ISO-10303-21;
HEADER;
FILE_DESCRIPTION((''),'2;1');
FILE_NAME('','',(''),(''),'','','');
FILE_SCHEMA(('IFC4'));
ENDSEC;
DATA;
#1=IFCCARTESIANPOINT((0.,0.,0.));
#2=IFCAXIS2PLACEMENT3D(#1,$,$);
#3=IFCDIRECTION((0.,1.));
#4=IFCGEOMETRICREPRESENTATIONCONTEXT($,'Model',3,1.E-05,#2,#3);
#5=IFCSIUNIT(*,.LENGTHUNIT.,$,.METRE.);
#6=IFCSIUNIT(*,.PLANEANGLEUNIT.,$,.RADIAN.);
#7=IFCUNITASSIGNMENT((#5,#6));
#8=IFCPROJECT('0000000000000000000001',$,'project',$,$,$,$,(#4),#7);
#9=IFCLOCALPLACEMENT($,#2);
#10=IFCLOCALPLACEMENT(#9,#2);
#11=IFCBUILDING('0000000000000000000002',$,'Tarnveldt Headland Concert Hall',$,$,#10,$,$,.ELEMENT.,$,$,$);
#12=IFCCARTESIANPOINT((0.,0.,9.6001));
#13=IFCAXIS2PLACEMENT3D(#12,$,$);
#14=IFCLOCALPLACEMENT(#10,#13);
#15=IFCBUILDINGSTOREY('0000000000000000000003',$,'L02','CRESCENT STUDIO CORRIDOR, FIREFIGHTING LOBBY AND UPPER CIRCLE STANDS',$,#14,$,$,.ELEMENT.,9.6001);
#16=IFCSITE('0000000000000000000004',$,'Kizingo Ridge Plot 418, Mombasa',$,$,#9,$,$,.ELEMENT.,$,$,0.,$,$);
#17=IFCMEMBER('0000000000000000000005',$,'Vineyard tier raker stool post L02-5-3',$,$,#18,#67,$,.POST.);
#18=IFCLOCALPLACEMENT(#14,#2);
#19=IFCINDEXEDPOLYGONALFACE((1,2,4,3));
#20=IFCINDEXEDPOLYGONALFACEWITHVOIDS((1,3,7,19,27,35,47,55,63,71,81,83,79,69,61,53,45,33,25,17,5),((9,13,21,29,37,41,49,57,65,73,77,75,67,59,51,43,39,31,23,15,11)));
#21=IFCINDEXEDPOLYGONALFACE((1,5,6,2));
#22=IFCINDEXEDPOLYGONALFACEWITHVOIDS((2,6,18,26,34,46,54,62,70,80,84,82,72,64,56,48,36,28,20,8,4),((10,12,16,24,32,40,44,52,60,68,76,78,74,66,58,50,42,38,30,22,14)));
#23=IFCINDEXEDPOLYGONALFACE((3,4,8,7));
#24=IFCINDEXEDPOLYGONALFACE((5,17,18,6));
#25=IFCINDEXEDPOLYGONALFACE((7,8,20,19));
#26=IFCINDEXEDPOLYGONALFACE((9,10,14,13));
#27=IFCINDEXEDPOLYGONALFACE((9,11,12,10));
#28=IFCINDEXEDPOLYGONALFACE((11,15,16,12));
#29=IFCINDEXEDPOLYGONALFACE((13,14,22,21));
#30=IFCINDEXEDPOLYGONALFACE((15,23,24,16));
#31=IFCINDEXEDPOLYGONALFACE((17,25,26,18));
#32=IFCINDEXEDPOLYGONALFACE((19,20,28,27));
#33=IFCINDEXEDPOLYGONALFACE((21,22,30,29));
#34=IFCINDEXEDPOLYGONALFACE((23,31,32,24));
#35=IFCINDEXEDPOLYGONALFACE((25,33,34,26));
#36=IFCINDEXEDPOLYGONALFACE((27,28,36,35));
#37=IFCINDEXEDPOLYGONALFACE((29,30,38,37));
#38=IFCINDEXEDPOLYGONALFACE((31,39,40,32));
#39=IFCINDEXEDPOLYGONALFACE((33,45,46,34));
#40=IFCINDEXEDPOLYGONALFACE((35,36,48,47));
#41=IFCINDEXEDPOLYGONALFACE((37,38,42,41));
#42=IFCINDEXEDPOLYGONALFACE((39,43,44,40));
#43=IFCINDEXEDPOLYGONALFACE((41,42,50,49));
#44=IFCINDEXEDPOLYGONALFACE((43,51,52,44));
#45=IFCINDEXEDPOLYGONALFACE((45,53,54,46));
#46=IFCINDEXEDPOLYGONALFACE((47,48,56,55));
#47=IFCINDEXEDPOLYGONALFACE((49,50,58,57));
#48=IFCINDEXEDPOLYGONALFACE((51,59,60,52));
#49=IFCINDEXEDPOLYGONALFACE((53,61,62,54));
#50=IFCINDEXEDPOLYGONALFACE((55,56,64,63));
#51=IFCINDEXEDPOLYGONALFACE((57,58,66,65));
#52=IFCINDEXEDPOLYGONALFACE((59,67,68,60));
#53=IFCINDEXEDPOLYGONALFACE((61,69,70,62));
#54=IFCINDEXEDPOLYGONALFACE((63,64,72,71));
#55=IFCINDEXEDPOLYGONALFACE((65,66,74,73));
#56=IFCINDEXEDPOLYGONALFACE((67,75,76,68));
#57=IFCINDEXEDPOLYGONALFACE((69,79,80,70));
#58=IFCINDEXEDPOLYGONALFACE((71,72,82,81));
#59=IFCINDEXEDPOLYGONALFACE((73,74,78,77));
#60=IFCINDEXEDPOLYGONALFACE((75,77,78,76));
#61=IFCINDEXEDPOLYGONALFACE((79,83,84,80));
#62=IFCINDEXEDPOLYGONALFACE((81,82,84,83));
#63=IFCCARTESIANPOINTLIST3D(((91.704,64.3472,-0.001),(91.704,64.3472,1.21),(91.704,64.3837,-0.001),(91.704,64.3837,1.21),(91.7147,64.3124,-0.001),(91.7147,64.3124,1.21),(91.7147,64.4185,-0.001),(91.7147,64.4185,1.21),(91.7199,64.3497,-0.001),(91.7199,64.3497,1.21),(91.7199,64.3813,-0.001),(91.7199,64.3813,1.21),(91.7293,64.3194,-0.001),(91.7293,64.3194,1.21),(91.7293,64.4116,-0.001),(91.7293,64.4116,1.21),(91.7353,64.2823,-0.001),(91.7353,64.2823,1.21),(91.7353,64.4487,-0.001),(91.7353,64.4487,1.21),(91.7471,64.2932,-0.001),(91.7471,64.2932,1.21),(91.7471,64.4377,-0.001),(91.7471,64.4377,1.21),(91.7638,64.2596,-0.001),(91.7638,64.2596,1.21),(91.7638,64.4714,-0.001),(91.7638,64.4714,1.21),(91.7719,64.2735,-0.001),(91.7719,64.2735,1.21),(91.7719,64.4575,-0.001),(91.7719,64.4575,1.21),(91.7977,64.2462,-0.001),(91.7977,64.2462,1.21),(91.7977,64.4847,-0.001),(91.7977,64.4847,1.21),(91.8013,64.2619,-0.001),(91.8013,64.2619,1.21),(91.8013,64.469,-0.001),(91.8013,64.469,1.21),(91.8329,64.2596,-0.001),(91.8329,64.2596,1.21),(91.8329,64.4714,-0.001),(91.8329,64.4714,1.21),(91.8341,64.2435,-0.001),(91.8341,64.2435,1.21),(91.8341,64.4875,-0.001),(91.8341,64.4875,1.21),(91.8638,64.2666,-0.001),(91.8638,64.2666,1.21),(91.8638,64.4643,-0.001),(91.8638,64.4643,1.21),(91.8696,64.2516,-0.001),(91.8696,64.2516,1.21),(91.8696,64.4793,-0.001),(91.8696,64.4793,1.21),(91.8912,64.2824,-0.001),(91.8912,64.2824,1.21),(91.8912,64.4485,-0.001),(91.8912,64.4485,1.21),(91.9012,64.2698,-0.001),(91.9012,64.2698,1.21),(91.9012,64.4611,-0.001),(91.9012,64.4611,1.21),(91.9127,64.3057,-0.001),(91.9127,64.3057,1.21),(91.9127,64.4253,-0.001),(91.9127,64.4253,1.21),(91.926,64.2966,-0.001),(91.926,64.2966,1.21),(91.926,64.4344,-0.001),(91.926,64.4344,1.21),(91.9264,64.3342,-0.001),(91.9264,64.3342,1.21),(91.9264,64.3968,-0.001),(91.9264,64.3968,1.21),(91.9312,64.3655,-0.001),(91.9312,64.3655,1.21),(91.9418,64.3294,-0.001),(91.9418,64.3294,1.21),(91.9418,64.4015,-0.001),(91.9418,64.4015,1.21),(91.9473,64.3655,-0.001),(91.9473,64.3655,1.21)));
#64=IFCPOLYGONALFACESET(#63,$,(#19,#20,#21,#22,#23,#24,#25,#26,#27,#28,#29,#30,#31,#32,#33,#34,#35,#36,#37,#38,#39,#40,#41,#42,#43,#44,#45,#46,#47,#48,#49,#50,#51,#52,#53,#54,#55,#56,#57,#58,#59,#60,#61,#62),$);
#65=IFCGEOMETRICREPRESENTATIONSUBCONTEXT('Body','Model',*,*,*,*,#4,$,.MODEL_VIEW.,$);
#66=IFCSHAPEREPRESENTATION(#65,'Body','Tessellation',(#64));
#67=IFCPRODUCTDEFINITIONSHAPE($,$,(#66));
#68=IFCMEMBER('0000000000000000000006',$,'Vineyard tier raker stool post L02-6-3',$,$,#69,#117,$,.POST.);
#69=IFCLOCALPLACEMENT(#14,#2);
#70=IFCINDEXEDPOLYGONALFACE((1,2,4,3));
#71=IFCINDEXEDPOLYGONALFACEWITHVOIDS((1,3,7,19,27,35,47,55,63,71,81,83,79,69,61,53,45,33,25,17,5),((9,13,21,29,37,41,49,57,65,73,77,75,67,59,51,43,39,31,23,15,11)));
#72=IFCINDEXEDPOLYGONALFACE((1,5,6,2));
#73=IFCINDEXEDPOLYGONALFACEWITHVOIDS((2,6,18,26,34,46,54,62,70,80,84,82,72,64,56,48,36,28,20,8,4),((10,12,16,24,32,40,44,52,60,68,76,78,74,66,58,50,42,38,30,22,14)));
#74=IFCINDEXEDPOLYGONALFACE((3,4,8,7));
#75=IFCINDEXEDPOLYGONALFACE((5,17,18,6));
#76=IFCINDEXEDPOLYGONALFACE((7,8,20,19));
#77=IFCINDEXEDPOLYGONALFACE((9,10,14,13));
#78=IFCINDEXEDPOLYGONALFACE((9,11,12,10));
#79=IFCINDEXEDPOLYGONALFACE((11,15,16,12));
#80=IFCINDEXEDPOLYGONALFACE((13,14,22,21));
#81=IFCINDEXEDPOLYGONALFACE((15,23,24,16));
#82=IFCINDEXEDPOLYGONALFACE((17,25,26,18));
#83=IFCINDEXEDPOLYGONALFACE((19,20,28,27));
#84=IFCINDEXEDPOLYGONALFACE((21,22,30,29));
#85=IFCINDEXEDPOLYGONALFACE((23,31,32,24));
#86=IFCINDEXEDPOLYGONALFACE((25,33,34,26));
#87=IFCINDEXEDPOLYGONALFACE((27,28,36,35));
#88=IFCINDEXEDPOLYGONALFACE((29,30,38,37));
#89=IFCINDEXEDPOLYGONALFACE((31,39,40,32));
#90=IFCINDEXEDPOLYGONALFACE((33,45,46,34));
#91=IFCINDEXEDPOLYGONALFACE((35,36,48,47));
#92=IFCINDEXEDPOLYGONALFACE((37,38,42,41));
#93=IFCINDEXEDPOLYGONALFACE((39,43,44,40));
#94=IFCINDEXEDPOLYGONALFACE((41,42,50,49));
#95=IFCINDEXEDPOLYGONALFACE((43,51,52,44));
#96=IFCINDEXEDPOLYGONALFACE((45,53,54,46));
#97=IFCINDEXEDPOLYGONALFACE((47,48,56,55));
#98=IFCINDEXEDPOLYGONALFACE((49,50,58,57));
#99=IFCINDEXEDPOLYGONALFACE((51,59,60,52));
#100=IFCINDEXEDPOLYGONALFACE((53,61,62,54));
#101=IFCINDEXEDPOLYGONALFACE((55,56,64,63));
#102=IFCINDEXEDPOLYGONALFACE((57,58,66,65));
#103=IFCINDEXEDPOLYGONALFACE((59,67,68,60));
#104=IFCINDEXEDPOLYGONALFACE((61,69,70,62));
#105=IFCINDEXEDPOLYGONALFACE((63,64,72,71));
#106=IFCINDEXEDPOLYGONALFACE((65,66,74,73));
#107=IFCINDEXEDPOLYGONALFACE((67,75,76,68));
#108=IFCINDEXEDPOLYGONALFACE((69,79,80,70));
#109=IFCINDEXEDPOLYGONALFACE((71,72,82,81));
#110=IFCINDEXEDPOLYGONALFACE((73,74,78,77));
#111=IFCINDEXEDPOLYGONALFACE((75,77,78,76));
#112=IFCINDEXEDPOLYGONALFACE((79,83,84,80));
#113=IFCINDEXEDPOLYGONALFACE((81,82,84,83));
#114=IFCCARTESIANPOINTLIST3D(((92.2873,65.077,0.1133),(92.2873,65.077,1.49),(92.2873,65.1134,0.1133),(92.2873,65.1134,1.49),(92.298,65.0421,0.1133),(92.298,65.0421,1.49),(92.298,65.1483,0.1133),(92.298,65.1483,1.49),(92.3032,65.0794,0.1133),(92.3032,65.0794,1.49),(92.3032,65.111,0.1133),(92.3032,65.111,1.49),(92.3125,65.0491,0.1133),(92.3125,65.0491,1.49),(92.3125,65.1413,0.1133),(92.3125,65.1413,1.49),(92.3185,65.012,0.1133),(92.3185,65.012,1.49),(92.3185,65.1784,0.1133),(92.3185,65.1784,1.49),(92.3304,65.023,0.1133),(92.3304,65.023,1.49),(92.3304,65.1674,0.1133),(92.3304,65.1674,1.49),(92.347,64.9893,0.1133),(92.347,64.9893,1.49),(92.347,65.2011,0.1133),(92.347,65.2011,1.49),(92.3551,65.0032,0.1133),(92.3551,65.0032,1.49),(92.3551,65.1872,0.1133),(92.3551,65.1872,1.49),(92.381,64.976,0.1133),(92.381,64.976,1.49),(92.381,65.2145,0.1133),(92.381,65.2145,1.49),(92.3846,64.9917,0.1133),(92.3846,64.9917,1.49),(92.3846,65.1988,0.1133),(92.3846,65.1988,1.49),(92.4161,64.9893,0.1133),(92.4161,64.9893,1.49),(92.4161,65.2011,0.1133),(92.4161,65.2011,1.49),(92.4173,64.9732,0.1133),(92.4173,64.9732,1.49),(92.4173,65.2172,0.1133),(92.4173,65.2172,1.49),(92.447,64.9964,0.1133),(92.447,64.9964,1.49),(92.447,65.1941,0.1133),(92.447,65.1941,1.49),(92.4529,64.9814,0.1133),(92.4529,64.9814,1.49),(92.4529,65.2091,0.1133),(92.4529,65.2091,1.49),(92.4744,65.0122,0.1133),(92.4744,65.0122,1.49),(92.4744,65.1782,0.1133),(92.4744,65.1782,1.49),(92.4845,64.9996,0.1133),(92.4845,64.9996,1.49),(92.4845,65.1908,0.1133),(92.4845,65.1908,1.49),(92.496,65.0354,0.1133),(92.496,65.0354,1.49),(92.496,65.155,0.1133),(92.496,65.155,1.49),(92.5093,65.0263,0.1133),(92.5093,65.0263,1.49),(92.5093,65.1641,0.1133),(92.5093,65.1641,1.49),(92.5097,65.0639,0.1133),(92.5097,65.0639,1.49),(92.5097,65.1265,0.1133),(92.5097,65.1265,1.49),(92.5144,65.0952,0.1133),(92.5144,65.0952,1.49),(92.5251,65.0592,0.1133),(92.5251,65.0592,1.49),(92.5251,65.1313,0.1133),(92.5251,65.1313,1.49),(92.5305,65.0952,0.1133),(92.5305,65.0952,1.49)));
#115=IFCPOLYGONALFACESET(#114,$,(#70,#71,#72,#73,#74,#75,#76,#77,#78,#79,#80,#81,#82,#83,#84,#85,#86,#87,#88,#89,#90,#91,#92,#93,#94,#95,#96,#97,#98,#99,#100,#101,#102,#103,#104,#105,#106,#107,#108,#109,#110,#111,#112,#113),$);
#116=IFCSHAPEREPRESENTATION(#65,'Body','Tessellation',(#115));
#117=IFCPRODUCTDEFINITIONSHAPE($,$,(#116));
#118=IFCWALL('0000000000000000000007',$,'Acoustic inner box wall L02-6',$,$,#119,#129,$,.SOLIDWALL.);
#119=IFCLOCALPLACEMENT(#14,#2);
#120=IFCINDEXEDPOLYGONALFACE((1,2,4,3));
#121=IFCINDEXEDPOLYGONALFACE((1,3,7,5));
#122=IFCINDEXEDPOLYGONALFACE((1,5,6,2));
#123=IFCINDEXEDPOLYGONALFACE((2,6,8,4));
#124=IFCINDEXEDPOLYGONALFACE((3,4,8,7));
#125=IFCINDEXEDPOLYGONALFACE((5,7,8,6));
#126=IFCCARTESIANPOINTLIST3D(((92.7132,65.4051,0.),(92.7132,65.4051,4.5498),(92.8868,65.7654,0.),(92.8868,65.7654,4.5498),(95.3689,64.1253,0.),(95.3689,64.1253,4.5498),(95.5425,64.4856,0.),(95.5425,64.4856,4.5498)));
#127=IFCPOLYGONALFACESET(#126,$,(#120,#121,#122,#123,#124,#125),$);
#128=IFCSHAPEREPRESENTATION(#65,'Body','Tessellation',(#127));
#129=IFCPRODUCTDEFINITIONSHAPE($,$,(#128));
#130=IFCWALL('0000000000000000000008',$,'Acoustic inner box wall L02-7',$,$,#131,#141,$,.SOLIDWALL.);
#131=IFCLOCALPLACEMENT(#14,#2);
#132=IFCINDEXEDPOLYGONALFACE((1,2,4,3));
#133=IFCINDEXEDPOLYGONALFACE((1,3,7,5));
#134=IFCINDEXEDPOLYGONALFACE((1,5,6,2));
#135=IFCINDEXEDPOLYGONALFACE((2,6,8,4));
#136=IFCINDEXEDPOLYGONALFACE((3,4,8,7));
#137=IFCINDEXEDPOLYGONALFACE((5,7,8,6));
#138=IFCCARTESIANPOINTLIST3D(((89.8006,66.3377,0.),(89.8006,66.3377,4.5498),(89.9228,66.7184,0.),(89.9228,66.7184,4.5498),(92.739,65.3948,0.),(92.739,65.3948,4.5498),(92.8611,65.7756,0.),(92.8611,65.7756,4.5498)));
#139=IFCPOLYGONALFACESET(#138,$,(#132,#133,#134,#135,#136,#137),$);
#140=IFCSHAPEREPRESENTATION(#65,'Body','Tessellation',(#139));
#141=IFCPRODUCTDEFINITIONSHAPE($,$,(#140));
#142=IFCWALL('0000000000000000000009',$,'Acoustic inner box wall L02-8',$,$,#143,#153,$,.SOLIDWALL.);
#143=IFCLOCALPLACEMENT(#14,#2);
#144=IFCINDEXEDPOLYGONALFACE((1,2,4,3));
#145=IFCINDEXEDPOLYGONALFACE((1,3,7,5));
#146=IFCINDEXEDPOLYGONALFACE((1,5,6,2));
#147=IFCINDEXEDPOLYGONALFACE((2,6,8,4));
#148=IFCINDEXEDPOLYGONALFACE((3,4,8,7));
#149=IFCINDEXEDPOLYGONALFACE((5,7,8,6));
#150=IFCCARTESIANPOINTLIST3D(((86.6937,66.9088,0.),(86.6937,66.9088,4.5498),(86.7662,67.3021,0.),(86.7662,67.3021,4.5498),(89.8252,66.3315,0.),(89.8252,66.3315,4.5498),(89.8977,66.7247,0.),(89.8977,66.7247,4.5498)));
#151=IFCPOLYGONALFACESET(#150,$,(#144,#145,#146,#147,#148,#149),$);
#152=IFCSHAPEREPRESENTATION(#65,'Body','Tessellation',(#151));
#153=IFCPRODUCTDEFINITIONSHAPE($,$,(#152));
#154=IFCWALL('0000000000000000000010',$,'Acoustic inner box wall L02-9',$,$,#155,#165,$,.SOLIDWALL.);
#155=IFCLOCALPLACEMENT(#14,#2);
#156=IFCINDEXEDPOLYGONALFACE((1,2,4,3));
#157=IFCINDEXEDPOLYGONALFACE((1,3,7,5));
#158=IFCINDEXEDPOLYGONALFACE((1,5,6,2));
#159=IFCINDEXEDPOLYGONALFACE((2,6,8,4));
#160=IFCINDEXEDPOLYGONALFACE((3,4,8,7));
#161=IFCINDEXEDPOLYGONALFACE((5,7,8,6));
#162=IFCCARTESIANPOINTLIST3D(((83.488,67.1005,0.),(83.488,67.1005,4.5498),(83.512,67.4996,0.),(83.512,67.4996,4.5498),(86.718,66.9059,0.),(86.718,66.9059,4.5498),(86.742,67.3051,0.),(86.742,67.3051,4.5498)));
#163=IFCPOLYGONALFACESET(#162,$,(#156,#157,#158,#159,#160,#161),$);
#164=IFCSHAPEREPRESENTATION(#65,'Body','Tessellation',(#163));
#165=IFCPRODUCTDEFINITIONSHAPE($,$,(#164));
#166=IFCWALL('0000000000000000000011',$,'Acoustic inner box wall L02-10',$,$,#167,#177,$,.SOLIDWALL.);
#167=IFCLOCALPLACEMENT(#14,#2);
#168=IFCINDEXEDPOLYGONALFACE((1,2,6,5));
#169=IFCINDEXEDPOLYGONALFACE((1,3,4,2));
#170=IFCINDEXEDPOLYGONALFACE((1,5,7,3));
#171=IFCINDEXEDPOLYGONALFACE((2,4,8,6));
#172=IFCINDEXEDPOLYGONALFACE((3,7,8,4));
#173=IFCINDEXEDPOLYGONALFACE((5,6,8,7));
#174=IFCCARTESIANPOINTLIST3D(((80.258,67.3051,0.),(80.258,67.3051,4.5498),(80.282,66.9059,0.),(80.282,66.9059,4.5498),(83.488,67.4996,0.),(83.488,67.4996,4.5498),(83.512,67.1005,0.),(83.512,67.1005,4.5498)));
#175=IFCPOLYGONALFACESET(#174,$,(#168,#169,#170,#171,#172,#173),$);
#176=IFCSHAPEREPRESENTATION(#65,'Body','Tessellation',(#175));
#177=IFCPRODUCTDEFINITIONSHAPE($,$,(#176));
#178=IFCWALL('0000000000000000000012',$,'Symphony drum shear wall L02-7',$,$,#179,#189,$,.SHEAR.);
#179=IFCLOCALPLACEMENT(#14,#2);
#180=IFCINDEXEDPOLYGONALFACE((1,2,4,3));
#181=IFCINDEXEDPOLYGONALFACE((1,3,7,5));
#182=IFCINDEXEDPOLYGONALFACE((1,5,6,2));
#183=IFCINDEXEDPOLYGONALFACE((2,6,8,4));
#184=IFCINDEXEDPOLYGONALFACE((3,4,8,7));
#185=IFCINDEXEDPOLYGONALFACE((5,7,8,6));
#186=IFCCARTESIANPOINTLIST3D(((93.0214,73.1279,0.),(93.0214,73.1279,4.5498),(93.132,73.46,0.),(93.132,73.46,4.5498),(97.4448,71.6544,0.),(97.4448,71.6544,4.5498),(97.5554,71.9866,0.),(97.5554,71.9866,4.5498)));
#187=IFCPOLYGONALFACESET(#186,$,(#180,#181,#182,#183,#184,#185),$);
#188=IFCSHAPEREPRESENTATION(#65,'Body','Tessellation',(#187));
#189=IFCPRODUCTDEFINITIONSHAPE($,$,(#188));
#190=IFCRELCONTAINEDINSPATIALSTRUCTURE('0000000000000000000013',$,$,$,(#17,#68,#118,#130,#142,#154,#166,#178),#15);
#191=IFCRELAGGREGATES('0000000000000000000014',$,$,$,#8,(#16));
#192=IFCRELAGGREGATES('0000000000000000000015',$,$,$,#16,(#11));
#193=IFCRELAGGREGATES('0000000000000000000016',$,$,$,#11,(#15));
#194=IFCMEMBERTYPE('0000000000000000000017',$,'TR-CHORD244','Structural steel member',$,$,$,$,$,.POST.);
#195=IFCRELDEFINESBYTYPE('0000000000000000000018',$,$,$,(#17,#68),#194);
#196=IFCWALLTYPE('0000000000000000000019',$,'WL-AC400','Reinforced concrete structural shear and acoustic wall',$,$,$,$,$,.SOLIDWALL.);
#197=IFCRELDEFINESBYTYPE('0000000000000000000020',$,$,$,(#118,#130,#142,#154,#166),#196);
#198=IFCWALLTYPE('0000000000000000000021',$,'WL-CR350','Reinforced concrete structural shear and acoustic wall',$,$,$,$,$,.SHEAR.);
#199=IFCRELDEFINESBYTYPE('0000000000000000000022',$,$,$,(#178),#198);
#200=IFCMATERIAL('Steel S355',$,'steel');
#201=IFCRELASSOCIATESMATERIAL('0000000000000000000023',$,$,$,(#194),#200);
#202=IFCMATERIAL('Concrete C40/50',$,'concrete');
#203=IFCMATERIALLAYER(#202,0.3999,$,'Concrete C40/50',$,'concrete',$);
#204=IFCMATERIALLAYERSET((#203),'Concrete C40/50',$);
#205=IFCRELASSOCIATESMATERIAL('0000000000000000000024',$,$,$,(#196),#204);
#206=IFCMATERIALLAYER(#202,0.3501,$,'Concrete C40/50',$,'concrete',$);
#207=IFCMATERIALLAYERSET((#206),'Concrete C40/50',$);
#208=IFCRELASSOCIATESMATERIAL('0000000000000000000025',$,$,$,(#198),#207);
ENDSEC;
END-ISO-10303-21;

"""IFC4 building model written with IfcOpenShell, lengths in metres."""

from ifc_helpers import new_model, si_unit, direction, frame, frame_2d, origin, origin_2d, place, context, subcontext, project, spatial, rectangle, hollow_circle, extrude, material, layer, layer_set, material_profile, profile_set, type_object, element, save


model = new_model("IFC4")

# Units and contexts
model_context = context("Model", 3, precision=1e-05, world=origin(), true_north=direction((0.0, 1.0)))
body_context = subcontext(model_context, "Body", "Model", "MODEL_VIEW")
ifc_project = project(units=[si_unit("LENGTHUNIT", "METRE"), si_unit("PLANEANGLEUNIT", "RADIAN")], contexts=[model_context])

# Site, building, storey
site_placement = place(None, origin())
site = spatial("IfcSite", under=ifc_project, at=site_placement, Name="Kizingo Ridge Plot 418, Mombasa", CompositionType="ELEMENT", RefElevation=0.0)
building_placement = place(site_placement, origin())
building = spatial("IfcBuilding", under=site, at=building_placement, Name="Tarnveldt Headland Concert Hall", CompositionType="ELEMENT")
storey_placement = place(building_placement, frame((0.0, 0.0, 9.6001)))
storey = spatial("IfcBuildingStorey", under=building, at=storey_placement, Name="L02", Description="CRESCENT STUDIO CORRIDOR, FIREFIGHTING LOBBY AND UPPER CIRCLE STANDS", CompositionType="ELEMENT", Elevation=9.6001)

# Shared definitions
ifc_material_1 = material(Name="Concrete C40/50", Category="concrete")

# Shared definitions
ifc_material_2 = material(Name="Steel S355", Category="steel")

# Members
ifc_material_profile_1 = material_profile(ifc_material_2, hollow_circle(Radius=0.1223, WallThickness=0.0161, at=origin_2d()), Name="CHS 244.5x16", Category="steel")
ifc_profile_set_1 = profile_set([ifc_material_profile_1], Name="Steel S355")
member_type = type_object("IfcMemberType", Name="TR-CHORD244", Description="Structural steel member", PredefinedType="POST", material=ifc_profile_set_1)
member_1_placement = place(storey_placement, frame((91.825, 64.3655, -0.001), z_axis=(0.0, 0.0, 1.0), x_axis=(1.0, 0.0, 0.0)))
element("IfcMember", 1, at=member_1_placement, inside=storey, type_object=member_type, Name="Vineyard tier raker stool post L02-5-3", PredefinedType="POST", context=body_context, shape_type="SweptSolid", body=[
    extrude(hollow_circle(Radius=0.1223, WallThickness=0.0161, at=origin_2d()), origin(), (0.0, 0.0, 1.0), 1.2109),
])
member_2_placement = place(storey_placement, frame((92.4082, 65.0952, 0.1133), z_axis=(0.0, 0.0, 1.0), x_axis=(1.0, 0.0, 0.0)))
element("IfcMember", 2, at=member_2_placement, inside=storey, type_object=member_type, Name="Vineyard tier raker stool post L02-6-3", PredefinedType="POST", context=body_context, shape_type="SweptSolid", body=[
    extrude(hollow_circle(Radius=0.1223, WallThickness=0.0161, at=origin_2d()), origin(), (0.0, 0.0, 1.0), 1.3767),
])

# Walls
ifc_layer_1 = layer(ifc_material_1, 0.3999, Name="Concrete C40/50", Category="concrete")
ifc_layer_set_1 = layer_set([ifc_layer_1], Name="Concrete C40/50")
wall_type_1 = type_object("IfcWallType", Name="WL-AC400", Description="Reinforced concrete structural shear and acoustic wall", PredefinedType="SOLIDWALL", material=ifc_layer_set_1)
wall_1_placement = place(storey_placement, frame((95.4558, 64.3054, 0.0), z_axis=(0.0, 0.0, 1.0), x_axis=(-0.900858, 0.434114, 0.0)))
element("IfcWall", 3, at=wall_1_placement, inside=storey, type_object=wall_type_1, Name="Acoustic inner box wall L02-6", PredefinedType="SOLIDWALL", context=body_context, shape_type="SweptSolid", body=[
    extrude(rectangle(XDim=2.948, YDim=0.3999, at=frame_2d((1.4741, 0.0))), origin(), (0.0, 0.0, 1.0), 4.5498),
])
wall_2_placement = place(storey_placement, frame((92.8, 65.5852, 0.0), z_axis=(0.0, 0.0, 1.0), x_axis=(-0.952183, 0.305528, 0.0)))
element("IfcWall", 4, at=wall_2_placement, inside=storey, type_object=wall_type_1, Name="Acoustic inner box wall L02-7", PredefinedType="SOLIDWALL", context=body_context, shape_type="SweptSolid", body=[
    extrude(rectangle(XDim=3.0859, YDim=0.3999, at=frame_2d((1.543, 0.0))), origin(), (0.0, 0.0, 1.0), 4.5498),
])
wall_3_placement = place(storey_placement, frame((89.8616, 66.5281, 0.0), z_axis=(0.0, 0.0, 1.0), x_axis=(-0.983424, 0.18132, 0.0)))
element("IfcWall", 5, at=wall_3_placement, inside=storey, type_object=wall_type_1, Name="Acoustic inner box wall L02-8", PredefinedType="SOLIDWALL", context=body_context, shape_type="SweptSolid", body=[
    extrude(rectangle(XDim=3.1843, YDim=0.3999, at=frame_2d((1.5923, 0.0))), origin(), (0.0, 0.0, 1.0), 4.5498),
])
for number, where, z_axis, x_axis, name in (
    (6, (86.73, 67.1055, 0.0), (0.0, 0.0, 1.0), (-0.99819, 0.060133, 0.0), "Acoustic inner box wall L02-9"),
    (7, (83.5, 67.3, 0.0), (0.0, 0.0, 1.0), (-0.99819, -0.060133, 0.0), "Acoustic inner box wall L02-10"),
):
    element("IfcWall", number, at=place(storey_placement, frame(where, z_axis=z_axis, x_axis=x_axis)), inside=storey, type_object=wall_type_1, Name=name, PredefinedType="SOLIDWALL", context=body_context, shape_type="SweptSolid", body=[
        extrude(rectangle(XDim=3.2358, YDim=0.3999, at=frame_2d((1.6179, 0.0))), origin(), (0.0, 0.0, 1.0), 4.5498),
    ])
ifc_layer_2 = layer(ifc_material_1, 0.3501, Name="Concrete C40/50", Category="concrete")
ifc_layer_set_2 = layer_set([ifc_layer_2], Name="Concrete C40/50")
wall_type_2 = type_object("IfcWallType", Name="WL-CR350", Description="Reinforced concrete structural shear and acoustic wall", PredefinedType="SHEAR", material=ifc_layer_set_2)
wall_4_placement = place(storey_placement, frame((97.5, 71.8206, 0.0), z_axis=(0.0, 0.0, 1.0), x_axis=(-0.948751, 0.316024, 0.0)))
element("IfcWall", 8, at=wall_4_placement, inside=storey, type_object=wall_type_2, Name="Symphony drum shear wall L02-7", PredefinedType="SHEAR", context=body_context, shape_type="SweptSolid", body=[
    extrude(rectangle(XDim=4.6624, YDim=0.3501, at=frame_2d((2.3311, 0.0))), origin(), (0.0, 0.0, 1.0), 4.5498),
])

save(model, "model.ifc")
